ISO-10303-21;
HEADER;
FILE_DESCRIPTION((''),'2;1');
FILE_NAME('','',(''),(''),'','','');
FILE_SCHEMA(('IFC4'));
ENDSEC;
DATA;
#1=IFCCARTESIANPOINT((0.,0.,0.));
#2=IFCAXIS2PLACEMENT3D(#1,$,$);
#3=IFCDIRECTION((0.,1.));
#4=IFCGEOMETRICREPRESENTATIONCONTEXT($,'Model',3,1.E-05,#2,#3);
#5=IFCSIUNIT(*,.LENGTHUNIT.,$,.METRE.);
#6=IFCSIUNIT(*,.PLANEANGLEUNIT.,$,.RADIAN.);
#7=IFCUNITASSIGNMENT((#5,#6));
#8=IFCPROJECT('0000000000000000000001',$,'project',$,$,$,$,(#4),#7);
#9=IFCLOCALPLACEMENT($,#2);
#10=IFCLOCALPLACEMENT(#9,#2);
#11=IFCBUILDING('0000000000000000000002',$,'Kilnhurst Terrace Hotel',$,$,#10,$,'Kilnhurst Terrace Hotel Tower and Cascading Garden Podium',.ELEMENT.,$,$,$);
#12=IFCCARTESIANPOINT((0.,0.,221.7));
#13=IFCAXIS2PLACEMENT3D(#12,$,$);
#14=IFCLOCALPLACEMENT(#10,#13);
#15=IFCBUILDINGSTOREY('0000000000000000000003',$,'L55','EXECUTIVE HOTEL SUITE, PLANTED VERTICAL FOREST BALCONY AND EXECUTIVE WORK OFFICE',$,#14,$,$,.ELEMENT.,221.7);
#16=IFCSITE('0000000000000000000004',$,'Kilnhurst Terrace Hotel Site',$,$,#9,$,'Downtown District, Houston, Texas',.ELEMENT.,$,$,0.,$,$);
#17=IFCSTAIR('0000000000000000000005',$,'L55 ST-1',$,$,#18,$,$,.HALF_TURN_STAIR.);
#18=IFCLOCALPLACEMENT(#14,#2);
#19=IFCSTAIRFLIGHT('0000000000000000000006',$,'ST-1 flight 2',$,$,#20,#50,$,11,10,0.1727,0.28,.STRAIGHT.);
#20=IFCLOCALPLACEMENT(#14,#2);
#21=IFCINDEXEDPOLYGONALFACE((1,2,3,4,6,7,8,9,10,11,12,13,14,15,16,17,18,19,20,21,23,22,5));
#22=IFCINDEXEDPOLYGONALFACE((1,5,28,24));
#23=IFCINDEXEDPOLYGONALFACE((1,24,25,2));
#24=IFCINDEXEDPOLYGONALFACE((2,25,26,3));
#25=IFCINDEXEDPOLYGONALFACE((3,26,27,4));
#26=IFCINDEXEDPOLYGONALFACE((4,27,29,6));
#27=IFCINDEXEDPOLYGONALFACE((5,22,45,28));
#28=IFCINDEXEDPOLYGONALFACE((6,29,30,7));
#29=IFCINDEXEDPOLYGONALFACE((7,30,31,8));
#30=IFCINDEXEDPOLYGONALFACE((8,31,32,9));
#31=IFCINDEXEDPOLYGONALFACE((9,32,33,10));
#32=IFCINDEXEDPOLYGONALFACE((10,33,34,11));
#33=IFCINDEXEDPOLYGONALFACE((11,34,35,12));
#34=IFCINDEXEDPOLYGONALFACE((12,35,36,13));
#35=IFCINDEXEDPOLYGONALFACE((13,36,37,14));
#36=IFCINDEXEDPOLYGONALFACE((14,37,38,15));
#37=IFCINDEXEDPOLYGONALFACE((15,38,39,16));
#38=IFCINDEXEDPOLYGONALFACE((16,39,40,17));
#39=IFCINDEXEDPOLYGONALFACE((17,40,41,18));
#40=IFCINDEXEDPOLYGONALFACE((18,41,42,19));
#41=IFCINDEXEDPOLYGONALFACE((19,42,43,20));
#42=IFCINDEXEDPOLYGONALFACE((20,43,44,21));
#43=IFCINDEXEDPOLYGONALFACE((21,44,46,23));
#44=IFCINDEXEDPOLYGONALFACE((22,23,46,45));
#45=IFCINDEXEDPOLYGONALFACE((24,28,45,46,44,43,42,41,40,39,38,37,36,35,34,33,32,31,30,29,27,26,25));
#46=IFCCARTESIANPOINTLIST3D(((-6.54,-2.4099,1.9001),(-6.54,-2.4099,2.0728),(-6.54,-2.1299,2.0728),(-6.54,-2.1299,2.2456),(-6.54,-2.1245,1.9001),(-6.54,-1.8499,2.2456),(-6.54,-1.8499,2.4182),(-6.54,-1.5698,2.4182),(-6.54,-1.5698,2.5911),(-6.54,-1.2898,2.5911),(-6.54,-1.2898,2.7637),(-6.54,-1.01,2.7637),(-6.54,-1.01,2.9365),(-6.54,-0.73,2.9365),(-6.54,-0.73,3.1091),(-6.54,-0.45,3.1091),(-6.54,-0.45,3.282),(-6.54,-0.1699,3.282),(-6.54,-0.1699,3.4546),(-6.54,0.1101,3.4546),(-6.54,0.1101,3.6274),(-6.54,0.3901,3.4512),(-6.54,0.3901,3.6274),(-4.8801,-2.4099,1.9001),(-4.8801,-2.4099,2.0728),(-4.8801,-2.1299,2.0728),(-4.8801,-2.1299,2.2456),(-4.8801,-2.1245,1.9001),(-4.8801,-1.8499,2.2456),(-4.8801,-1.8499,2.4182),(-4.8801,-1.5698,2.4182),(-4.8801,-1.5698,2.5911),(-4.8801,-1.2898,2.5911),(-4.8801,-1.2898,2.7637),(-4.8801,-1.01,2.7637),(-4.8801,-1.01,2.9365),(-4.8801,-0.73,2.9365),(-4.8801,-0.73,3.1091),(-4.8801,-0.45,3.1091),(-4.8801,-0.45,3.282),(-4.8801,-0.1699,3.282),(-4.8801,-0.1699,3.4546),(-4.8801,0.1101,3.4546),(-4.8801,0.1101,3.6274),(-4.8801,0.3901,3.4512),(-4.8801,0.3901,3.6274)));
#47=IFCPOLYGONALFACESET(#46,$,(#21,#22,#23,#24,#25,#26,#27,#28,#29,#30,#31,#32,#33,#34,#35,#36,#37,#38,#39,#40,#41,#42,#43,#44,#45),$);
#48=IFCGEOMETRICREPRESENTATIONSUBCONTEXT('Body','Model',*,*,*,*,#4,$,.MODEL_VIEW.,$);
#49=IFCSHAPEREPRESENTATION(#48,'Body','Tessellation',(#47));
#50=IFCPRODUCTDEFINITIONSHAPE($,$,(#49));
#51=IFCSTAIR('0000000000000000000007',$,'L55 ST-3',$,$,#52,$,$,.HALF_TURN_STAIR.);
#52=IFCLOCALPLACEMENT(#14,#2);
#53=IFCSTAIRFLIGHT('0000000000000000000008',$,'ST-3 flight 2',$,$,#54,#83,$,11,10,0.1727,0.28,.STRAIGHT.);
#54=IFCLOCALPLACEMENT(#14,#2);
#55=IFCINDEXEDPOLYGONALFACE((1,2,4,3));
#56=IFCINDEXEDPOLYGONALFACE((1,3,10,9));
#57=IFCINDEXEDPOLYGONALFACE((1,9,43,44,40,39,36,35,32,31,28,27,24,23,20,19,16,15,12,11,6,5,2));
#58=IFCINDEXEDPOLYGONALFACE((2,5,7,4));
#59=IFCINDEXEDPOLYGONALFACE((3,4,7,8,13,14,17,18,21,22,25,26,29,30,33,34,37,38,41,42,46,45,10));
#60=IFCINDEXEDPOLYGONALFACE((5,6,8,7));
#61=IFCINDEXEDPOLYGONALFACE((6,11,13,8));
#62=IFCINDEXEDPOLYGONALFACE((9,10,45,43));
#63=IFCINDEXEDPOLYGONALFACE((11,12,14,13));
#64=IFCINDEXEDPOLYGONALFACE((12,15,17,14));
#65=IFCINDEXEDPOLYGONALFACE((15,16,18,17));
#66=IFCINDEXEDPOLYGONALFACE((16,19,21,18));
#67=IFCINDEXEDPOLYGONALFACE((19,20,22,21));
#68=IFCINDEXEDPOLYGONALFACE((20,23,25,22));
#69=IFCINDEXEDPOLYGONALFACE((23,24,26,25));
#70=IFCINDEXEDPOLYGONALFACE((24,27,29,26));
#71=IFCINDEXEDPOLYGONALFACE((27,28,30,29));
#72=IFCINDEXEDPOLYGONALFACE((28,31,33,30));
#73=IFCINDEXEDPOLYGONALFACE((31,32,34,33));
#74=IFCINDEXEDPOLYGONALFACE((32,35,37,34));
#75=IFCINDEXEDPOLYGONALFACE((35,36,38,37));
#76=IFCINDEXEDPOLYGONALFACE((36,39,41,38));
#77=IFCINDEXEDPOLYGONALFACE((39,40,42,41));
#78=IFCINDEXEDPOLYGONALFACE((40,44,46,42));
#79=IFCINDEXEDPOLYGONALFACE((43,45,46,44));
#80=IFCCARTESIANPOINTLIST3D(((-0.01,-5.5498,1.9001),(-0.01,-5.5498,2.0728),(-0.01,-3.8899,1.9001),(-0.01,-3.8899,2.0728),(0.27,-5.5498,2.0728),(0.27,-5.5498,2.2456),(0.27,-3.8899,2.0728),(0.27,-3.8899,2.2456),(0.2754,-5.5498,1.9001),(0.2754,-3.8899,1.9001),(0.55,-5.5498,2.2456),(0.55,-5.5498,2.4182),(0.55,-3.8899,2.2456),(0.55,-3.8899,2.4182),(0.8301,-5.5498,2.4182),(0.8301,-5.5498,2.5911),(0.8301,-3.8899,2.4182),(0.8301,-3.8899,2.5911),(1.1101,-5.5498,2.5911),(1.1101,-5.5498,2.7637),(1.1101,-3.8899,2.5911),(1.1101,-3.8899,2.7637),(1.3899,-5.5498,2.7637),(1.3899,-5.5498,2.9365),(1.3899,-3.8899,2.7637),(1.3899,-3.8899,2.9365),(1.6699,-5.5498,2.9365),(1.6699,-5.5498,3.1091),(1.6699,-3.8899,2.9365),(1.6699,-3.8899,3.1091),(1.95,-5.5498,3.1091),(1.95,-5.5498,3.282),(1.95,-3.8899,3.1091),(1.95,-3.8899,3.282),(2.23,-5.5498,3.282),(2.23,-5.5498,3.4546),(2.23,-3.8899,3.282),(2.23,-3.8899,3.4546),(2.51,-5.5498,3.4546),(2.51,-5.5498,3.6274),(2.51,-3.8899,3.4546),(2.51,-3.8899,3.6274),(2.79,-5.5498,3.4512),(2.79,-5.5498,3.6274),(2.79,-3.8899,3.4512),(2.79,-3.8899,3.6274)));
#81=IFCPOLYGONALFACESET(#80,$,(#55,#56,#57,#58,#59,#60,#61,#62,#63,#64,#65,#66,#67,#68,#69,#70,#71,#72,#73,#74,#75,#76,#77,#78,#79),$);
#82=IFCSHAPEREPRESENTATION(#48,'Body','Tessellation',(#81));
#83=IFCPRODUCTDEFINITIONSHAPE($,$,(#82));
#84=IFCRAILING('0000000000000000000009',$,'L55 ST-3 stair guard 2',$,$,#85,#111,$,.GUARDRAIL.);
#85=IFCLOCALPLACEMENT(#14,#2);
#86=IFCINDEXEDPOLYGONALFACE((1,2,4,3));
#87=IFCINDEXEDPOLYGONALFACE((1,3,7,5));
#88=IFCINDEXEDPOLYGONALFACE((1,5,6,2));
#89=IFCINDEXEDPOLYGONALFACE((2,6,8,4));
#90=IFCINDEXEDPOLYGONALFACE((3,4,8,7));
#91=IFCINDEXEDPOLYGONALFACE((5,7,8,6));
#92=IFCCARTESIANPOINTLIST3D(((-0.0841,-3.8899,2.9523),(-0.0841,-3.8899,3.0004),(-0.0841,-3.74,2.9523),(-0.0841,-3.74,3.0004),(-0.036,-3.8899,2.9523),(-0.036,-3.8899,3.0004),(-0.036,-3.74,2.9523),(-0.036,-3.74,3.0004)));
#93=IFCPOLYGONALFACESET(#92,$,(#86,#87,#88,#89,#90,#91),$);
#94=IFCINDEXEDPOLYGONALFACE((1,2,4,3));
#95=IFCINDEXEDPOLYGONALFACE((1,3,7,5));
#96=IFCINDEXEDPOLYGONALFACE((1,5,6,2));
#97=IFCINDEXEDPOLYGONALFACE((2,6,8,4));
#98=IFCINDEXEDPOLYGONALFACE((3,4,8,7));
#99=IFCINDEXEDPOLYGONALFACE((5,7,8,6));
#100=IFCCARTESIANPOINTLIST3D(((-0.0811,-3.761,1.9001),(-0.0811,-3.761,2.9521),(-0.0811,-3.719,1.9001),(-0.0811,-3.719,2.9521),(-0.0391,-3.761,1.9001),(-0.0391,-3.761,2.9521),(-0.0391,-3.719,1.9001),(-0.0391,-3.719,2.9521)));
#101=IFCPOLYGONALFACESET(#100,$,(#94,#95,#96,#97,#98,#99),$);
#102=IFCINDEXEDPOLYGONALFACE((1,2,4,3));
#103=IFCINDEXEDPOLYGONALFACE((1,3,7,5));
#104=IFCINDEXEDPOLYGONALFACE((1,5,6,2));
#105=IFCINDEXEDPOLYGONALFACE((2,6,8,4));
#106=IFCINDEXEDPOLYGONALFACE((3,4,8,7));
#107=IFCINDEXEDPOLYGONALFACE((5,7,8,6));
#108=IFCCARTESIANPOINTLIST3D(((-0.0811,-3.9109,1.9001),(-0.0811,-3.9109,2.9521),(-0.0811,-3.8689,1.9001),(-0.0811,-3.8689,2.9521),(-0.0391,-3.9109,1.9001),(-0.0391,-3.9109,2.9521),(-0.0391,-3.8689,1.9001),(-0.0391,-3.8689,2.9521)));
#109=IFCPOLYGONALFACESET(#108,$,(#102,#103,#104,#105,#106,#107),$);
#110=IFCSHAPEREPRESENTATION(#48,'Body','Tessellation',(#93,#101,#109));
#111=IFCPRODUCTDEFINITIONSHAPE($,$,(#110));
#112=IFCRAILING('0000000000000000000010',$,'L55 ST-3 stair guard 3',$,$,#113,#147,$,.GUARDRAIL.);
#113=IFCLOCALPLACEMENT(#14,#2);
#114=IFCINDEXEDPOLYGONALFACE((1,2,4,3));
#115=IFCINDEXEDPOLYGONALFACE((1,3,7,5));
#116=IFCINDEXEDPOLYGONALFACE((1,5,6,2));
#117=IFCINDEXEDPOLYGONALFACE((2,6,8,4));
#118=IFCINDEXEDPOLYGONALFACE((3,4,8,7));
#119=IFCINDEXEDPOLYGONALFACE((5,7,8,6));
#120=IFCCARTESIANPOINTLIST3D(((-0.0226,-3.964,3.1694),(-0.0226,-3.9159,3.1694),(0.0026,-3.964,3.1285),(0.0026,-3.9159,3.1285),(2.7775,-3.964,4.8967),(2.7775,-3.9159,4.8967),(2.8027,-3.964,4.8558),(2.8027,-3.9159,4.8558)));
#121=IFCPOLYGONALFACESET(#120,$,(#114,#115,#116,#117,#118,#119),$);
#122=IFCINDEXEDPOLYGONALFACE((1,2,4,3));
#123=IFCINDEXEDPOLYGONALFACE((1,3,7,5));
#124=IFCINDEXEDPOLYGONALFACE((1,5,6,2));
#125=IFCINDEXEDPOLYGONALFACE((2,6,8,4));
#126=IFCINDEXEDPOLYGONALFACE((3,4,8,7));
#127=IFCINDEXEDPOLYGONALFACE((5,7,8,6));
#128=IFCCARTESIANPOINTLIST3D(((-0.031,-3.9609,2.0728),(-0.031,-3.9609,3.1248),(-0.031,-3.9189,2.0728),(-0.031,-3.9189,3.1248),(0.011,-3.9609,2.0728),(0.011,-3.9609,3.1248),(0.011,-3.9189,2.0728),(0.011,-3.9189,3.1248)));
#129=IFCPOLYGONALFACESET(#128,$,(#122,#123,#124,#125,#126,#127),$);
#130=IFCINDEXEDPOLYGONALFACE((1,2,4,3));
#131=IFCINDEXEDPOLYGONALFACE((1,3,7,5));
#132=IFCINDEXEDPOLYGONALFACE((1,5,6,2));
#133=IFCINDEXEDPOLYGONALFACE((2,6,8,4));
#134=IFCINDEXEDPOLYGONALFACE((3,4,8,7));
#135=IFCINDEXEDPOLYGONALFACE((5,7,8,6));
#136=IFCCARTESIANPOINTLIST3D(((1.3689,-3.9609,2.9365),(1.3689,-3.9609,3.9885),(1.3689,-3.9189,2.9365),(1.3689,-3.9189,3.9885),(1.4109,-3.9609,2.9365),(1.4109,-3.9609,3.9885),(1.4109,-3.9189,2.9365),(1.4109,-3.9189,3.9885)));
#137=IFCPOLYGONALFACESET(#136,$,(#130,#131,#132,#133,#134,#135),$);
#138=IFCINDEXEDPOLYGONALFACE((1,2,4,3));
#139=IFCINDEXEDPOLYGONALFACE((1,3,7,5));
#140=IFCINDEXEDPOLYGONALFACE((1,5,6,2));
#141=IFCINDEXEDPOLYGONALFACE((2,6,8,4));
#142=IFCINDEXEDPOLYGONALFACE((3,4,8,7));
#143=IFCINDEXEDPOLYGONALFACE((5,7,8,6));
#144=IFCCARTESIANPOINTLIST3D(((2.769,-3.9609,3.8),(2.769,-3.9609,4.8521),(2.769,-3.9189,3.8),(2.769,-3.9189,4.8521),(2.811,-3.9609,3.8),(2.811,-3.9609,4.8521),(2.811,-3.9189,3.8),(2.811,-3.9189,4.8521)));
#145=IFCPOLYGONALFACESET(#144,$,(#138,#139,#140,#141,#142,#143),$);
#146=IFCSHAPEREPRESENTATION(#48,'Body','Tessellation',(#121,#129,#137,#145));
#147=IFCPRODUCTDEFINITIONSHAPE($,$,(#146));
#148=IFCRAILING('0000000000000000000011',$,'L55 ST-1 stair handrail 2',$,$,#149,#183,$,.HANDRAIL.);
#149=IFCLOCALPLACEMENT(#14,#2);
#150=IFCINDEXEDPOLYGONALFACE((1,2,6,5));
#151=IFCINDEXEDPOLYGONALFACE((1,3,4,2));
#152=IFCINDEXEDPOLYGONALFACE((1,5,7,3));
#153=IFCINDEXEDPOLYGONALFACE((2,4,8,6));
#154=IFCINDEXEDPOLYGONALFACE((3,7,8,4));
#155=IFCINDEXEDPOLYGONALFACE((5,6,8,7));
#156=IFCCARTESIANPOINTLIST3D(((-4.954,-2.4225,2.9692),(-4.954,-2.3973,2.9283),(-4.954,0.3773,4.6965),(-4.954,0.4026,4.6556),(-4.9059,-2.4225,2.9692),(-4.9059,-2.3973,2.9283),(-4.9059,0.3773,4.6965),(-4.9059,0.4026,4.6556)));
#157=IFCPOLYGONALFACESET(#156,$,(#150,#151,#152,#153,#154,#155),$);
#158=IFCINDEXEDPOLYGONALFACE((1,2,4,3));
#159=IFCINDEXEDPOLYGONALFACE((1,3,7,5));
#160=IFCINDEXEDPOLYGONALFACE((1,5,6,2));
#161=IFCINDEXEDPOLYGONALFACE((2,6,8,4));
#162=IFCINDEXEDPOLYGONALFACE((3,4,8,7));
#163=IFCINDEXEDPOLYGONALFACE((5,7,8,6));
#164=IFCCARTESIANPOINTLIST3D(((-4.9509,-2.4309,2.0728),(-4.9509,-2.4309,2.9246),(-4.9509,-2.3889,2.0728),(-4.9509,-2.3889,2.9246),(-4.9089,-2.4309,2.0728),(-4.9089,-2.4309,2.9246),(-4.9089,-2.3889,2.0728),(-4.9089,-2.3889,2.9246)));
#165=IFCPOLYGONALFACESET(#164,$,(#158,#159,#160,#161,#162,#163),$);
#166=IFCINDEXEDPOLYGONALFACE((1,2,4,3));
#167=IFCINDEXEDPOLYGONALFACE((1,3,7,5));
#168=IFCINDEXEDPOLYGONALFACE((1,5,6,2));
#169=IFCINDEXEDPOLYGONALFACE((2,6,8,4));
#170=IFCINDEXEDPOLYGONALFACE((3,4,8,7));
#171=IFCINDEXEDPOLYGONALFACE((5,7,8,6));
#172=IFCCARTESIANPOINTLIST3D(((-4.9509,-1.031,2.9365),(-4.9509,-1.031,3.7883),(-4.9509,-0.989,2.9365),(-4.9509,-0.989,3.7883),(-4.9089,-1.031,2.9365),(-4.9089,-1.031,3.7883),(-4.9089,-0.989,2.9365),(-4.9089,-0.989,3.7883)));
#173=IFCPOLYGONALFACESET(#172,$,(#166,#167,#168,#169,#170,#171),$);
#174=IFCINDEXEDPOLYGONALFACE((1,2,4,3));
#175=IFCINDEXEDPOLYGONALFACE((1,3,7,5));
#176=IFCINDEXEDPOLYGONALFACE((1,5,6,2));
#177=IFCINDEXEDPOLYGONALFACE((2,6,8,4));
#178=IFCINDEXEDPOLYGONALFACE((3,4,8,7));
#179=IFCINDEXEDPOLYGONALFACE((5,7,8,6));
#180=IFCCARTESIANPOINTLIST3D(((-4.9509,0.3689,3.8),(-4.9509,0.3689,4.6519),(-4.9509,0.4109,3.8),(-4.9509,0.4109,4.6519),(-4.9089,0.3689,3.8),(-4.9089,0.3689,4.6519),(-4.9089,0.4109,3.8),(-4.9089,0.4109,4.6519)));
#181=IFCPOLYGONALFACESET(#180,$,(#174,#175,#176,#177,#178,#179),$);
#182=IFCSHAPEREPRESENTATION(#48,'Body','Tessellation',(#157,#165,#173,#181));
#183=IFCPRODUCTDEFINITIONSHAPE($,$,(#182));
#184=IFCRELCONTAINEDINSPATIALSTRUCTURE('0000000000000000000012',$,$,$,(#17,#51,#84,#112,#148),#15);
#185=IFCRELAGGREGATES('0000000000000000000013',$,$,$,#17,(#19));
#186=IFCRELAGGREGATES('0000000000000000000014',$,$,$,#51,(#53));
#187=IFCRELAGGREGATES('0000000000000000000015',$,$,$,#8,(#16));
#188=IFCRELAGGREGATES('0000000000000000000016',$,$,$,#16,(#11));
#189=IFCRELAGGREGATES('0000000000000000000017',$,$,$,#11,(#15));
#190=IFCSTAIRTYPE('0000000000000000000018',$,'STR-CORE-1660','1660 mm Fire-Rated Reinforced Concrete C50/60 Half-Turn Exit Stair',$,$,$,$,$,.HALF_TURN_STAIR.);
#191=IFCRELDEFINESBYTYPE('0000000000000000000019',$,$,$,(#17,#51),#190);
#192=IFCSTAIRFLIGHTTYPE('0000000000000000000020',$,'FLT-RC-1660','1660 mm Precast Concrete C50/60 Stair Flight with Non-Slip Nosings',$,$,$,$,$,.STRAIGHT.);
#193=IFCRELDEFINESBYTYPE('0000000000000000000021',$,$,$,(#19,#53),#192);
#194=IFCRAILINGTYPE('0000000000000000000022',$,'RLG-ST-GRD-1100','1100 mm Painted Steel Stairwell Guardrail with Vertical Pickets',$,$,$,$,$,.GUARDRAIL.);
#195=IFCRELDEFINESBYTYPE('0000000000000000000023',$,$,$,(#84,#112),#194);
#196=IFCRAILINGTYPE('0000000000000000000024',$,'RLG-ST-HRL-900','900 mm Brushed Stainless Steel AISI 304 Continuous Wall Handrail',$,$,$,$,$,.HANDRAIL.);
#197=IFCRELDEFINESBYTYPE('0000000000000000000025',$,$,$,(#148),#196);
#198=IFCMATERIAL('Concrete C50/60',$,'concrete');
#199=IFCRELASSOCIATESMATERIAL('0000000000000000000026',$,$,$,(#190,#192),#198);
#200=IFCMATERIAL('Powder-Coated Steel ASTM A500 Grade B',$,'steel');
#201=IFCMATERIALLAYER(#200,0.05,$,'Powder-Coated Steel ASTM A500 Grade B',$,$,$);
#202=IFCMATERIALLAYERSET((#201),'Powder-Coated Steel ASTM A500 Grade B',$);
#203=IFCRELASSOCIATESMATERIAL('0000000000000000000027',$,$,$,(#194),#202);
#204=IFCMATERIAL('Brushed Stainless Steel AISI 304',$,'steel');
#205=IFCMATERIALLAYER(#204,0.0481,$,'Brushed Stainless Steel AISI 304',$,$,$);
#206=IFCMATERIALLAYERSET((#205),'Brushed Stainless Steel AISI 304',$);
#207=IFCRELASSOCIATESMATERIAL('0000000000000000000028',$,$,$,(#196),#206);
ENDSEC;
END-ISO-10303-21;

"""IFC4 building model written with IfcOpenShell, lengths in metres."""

from ifc_helpers import new_model, si_unit, direction, frame, origin, origin_2d, place, context, subcontext, project, spatial, polyline, rectangle, outline, extrude, material, layer, layer_set, type_object, element, aggregate, save


model = new_model("IFC4")

# Units and contexts
model_context = context("Model", 3, precision=1e-05, world=origin(), true_north=direction((0.0, 1.0)))
body_context = subcontext(model_context, "Body", "Model", "MODEL_VIEW")
ifc_project = project(units=[si_unit("LENGTHUNIT", "METRE"), si_unit("PLANEANGLEUNIT", "RADIAN")], contexts=[model_context])

# Site, building, storey
site_placement = place(None, origin())
site = spatial("IfcSite", under=ifc_project, at=site_placement, Name="Kilnhurst Terrace Hotel Site", LongName="Downtown District, Houston, Texas", CompositionType="ELEMENT", RefElevation=0.0)
building_placement = place(site_placement, origin())
building = spatial("IfcBuilding", under=site, at=building_placement, Name="Kilnhurst Terrace Hotel", LongName="Kilnhurst Terrace Hotel Tower and Cascading Garden Podium", CompositionType="ELEMENT")
storey_placement = place(building_placement, frame((0.0, 0.0, 221.7)))
storey = spatial("IfcBuildingStorey", under=building, at=storey_placement, Name="L55", Description="EXECUTIVE HOTEL SUITE, PLANTED VERTICAL FOREST BALCONY AND EXECUTIVE WORK OFFICE", CompositionType="ELEMENT", Elevation=221.7)

# Shared definitions
ifc_material_1 = material(Name="Concrete C50/60", Category="concrete")

# Stairs, stair flights
stair_type = type_object("IfcStairType", Name="STR-CORE-1660", Description="1660 mm Fire-Rated Reinforced Concrete C50/60 Half-Turn Exit Stair", PredefinedType="HALF_TURN_STAIR", material=ifc_material_1)
stair_1_placement = place(storey_placement, origin())
stair_1 = element("IfcStair", 1, at=stair_1_placement, inside=storey, type_object=stair_type, Name="L55 ST-1", PredefinedType="HALF_TURN_STAIR")
stair_flight_type = type_object("IfcStairFlightType", Name="FLT-RC-1660", Description="1660 mm Precast Concrete C50/60 Stair Flight with Non-Slip Nosings", PredefinedType="STRAIGHT", material=ifc_material_1)
stair_flight_1_placement = place(storey_placement, frame((-5.71, -2.4099, 1.9001), z_axis=(0.0, 0.0, 1.0), x_axis=(0.0, 1.0, 0.0)))
stair_flight_1 = element("IfcStairFlight", 2, at=stair_flight_1_placement, type_object=stair_flight_type, Name="ST-1 flight 2", NumberOfRisers=11, NumberOfTreads=10, PredefinedType="STRAIGHT", RiserHeight=0.1727, TreadLength=0.28, context=body_context, shape_type="SweptSolid", body=[
    extrude(outline(polyline([(0.0, 0.0), (0.0, 0.1726), (0.28, 0.1726), (0.28, 0.3455), (0.5601, 0.3455), (0.5601, 0.5181), (0.8401, 0.5181), (0.8401, 0.6909), (1.1201, 0.6909), (1.1201, 0.8635), (1.3999, 0.8635), (1.3999, 1.0364), (1.6799, 1.0364), (1.6799, 1.209), (1.96, 1.209), (1.96, 1.3818), (2.24, 1.3818), (2.24, 1.5544), (2.52, 1.5544), (2.52, 1.7273), (2.8, 1.7273), (2.8, 1.8999), (2.8, 1.551), (0.2854, 0.0), (0.0, 0.0)])), frame((0.0, 0.8301, 0.0), z_axis=(0.0, -1.0, 0.0), x_axis=(1.0, 0.0, 0.0)), (0.0, 0.0, 1.0), 1.6599),
])
aggregate(stair_1, [stair_flight_1])
stair_2_placement = place(storey_placement, origin())
stair_2 = element("IfcStair", 3, at=stair_2_placement, inside=storey, type_object=stair_type, Name="L55 ST-3", PredefinedType="HALF_TURN_STAIR")
stair_flight_2_placement = place(storey_placement, frame((-0.01, -4.72, 1.9001), z_axis=(0.0, 0.0, 1.0), x_axis=(1.0, 0.0, 0.0)))
stair_flight_2 = element("IfcStairFlight", 4, at=stair_flight_2_placement, type_object=stair_flight_type, Name="ST-3 flight 2", NumberOfRisers=11, NumberOfTreads=10, PredefinedType="STRAIGHT", RiserHeight=0.1727, TreadLength=0.28, context=body_context, shape_type="SweptSolid", body=[
    extrude(outline(polyline([(0.0, 0.0), (0.0, 0.1726), (0.28, 0.1726), (0.28, 0.3455), (0.5601, 0.3455), (0.5601, 0.5181), (0.8401, 0.5181), (0.8401, 0.6909), (1.1201, 0.6909), (1.1201, 0.8635), (1.3999, 0.8635), (1.3999, 1.0364), (1.6799, 1.0364), (1.6799, 1.209), (1.96, 1.209), (1.96, 1.3818), (2.24, 1.3818), (2.24, 1.5544), (2.52, 1.5544), (2.52, 1.7273), (2.8, 1.7273), (2.8, 1.8999), (2.8, 1.551), (0.2854, 0.0), (0.0, 0.0)])), frame((0.0, 0.8301, 0.0), z_axis=(0.0, -1.0, 0.0), x_axis=(1.0, 0.0, 0.0)), (0.0, 0.0, 1.0), 1.6599),
])
aggregate(stair_2, [stair_flight_2])

# Railings
ifc_material_2 = material(Name="Powder-Coated Steel ASTM A500 Grade B", Category="steel")
ifc_layer_1 = layer(ifc_material_2, 0.05, Name="Powder-Coated Steel ASTM A500 Grade B")
ifc_layer_set_1 = layer_set([ifc_layer_1], Name="Powder-Coated Steel ASTM A500 Grade B")
railing_type_1 = type_object("IfcRailingType", Name="RLG-ST-GRD-1100", Description="1100 mm Painted Steel Stairwell Guardrail with Vertical Pickets", PredefinedType="GUARDRAIL", material=ifc_layer_set_1)
railing_1_placement = place(storey_placement, frame((-0.0601, -3.74, 1.9001)))
element("IfcRailing", 5, at=railing_1_placement, inside=storey, type_object=railing_type_1, Name="L55 ST-3 stair guard 2", PredefinedType="GUARDRAIL", context=body_context, shape_type="SweptSolid", body=[
    extrude(rectangle(XDim=0.0481, YDim=0.0481, at=origin_2d()), frame((0.0, 0.0, 1.0762), z_axis=(0.0, -1.0, 0.0), x_axis=(1.0, 0.0, 0.0)), (0.0, 0.0, 1.0), 0.1499),
    extrude(rectangle(XDim=0.042, YDim=0.042, at=origin_2d()), origin(), (0.0, 0.0, 1.0), 1.052),
    extrude(rectangle(XDim=0.042, YDim=0.042, at=origin_2d()), frame((0.0, -0.1499, 0.0)), (0.0, 0.0, 1.0), 1.052),
])
railing_2_placement = place(storey_placement, frame((-0.01, -3.9399, 2.0728)))
element("IfcRailing", 6, at=railing_2_placement, inside=storey, type_object=railing_type_1, Name="L55 ST-3 stair guard 3", PredefinedType="GUARDRAIL", context=body_context, shape_type="SweptSolid", body=[
    extrude(rectangle(XDim=0.0481, YDim=0.0481, at=origin_2d()), frame((0.0, 0.0, 1.0762), z_axis=(0.85109, 0.0, 0.52502), x_axis=(0.0, 1.0, 0.0)), (0.0, 0.0, 1.0), 3.29),
    extrude(rectangle(XDim=0.042, YDim=0.042, at=origin_2d()), origin(), (0.0, 0.0, 1.0), 1.052),
    extrude(rectangle(XDim=0.042, YDim=0.042, at=origin_2d()), frame((1.3999, 0.0, 0.8638)), (0.0, 0.0, 1.0), 1.052),
    extrude(rectangle(XDim=0.042, YDim=0.042, at=origin_2d()), frame((2.8, 0.0, 1.7273)), (0.0, 0.0, 1.0), 1.052),
])
ifc_material_3 = material(Name="Brushed Stainless Steel AISI 304", Category="steel")
ifc_layer_2 = layer(ifc_material_3, 0.0481, Name="Brushed Stainless Steel AISI 304")
ifc_layer_set_2 = layer_set([ifc_layer_2], Name="Brushed Stainless Steel AISI 304")
railing_type_2 = type_object("IfcRailingType", Name="RLG-ST-HRL-900", Description="900 mm Brushed Stainless Steel AISI 304 Continuous Wall Handrail", PredefinedType="HANDRAIL", material=ifc_layer_set_2)
railing_3_placement = place(storey_placement, frame((-4.9299, -2.4099, 2.0728)))
element("IfcRailing", 7, at=railing_3_placement, inside=storey, type_object=railing_type_2, Name="L55 ST-1 stair handrail 2", PredefinedType="HANDRAIL", context=body_context, shape_type="SweptSolid", body=[
    extrude(rectangle(XDim=0.0481, YDim=0.0481, at=origin_2d()), frame((0.0, 0.0, 0.876), z_axis=(0.0, 0.851069, 0.525054), x_axis=(-1.0, 0.0, 0.0)), (0.0, 0.0, 1.0), 3.2898),
    extrude(rectangle(XDim=0.042, YDim=0.042, at=origin_2d()), origin(), (0.0, 0.0, 1.0), 0.8518),
    extrude(rectangle(XDim=0.042, YDim=0.042, at=origin_2d()), frame((0.0, 1.3999, 0.8638)), (0.0, 0.0, 1.0), 0.8518),
    extrude(rectangle(XDim=0.042, YDim=0.042, at=origin_2d()), frame((0.0, 2.7998, 1.7273)), (0.0, 0.0, 1.0), 0.8518),
])

save(model, "model.ifc")
